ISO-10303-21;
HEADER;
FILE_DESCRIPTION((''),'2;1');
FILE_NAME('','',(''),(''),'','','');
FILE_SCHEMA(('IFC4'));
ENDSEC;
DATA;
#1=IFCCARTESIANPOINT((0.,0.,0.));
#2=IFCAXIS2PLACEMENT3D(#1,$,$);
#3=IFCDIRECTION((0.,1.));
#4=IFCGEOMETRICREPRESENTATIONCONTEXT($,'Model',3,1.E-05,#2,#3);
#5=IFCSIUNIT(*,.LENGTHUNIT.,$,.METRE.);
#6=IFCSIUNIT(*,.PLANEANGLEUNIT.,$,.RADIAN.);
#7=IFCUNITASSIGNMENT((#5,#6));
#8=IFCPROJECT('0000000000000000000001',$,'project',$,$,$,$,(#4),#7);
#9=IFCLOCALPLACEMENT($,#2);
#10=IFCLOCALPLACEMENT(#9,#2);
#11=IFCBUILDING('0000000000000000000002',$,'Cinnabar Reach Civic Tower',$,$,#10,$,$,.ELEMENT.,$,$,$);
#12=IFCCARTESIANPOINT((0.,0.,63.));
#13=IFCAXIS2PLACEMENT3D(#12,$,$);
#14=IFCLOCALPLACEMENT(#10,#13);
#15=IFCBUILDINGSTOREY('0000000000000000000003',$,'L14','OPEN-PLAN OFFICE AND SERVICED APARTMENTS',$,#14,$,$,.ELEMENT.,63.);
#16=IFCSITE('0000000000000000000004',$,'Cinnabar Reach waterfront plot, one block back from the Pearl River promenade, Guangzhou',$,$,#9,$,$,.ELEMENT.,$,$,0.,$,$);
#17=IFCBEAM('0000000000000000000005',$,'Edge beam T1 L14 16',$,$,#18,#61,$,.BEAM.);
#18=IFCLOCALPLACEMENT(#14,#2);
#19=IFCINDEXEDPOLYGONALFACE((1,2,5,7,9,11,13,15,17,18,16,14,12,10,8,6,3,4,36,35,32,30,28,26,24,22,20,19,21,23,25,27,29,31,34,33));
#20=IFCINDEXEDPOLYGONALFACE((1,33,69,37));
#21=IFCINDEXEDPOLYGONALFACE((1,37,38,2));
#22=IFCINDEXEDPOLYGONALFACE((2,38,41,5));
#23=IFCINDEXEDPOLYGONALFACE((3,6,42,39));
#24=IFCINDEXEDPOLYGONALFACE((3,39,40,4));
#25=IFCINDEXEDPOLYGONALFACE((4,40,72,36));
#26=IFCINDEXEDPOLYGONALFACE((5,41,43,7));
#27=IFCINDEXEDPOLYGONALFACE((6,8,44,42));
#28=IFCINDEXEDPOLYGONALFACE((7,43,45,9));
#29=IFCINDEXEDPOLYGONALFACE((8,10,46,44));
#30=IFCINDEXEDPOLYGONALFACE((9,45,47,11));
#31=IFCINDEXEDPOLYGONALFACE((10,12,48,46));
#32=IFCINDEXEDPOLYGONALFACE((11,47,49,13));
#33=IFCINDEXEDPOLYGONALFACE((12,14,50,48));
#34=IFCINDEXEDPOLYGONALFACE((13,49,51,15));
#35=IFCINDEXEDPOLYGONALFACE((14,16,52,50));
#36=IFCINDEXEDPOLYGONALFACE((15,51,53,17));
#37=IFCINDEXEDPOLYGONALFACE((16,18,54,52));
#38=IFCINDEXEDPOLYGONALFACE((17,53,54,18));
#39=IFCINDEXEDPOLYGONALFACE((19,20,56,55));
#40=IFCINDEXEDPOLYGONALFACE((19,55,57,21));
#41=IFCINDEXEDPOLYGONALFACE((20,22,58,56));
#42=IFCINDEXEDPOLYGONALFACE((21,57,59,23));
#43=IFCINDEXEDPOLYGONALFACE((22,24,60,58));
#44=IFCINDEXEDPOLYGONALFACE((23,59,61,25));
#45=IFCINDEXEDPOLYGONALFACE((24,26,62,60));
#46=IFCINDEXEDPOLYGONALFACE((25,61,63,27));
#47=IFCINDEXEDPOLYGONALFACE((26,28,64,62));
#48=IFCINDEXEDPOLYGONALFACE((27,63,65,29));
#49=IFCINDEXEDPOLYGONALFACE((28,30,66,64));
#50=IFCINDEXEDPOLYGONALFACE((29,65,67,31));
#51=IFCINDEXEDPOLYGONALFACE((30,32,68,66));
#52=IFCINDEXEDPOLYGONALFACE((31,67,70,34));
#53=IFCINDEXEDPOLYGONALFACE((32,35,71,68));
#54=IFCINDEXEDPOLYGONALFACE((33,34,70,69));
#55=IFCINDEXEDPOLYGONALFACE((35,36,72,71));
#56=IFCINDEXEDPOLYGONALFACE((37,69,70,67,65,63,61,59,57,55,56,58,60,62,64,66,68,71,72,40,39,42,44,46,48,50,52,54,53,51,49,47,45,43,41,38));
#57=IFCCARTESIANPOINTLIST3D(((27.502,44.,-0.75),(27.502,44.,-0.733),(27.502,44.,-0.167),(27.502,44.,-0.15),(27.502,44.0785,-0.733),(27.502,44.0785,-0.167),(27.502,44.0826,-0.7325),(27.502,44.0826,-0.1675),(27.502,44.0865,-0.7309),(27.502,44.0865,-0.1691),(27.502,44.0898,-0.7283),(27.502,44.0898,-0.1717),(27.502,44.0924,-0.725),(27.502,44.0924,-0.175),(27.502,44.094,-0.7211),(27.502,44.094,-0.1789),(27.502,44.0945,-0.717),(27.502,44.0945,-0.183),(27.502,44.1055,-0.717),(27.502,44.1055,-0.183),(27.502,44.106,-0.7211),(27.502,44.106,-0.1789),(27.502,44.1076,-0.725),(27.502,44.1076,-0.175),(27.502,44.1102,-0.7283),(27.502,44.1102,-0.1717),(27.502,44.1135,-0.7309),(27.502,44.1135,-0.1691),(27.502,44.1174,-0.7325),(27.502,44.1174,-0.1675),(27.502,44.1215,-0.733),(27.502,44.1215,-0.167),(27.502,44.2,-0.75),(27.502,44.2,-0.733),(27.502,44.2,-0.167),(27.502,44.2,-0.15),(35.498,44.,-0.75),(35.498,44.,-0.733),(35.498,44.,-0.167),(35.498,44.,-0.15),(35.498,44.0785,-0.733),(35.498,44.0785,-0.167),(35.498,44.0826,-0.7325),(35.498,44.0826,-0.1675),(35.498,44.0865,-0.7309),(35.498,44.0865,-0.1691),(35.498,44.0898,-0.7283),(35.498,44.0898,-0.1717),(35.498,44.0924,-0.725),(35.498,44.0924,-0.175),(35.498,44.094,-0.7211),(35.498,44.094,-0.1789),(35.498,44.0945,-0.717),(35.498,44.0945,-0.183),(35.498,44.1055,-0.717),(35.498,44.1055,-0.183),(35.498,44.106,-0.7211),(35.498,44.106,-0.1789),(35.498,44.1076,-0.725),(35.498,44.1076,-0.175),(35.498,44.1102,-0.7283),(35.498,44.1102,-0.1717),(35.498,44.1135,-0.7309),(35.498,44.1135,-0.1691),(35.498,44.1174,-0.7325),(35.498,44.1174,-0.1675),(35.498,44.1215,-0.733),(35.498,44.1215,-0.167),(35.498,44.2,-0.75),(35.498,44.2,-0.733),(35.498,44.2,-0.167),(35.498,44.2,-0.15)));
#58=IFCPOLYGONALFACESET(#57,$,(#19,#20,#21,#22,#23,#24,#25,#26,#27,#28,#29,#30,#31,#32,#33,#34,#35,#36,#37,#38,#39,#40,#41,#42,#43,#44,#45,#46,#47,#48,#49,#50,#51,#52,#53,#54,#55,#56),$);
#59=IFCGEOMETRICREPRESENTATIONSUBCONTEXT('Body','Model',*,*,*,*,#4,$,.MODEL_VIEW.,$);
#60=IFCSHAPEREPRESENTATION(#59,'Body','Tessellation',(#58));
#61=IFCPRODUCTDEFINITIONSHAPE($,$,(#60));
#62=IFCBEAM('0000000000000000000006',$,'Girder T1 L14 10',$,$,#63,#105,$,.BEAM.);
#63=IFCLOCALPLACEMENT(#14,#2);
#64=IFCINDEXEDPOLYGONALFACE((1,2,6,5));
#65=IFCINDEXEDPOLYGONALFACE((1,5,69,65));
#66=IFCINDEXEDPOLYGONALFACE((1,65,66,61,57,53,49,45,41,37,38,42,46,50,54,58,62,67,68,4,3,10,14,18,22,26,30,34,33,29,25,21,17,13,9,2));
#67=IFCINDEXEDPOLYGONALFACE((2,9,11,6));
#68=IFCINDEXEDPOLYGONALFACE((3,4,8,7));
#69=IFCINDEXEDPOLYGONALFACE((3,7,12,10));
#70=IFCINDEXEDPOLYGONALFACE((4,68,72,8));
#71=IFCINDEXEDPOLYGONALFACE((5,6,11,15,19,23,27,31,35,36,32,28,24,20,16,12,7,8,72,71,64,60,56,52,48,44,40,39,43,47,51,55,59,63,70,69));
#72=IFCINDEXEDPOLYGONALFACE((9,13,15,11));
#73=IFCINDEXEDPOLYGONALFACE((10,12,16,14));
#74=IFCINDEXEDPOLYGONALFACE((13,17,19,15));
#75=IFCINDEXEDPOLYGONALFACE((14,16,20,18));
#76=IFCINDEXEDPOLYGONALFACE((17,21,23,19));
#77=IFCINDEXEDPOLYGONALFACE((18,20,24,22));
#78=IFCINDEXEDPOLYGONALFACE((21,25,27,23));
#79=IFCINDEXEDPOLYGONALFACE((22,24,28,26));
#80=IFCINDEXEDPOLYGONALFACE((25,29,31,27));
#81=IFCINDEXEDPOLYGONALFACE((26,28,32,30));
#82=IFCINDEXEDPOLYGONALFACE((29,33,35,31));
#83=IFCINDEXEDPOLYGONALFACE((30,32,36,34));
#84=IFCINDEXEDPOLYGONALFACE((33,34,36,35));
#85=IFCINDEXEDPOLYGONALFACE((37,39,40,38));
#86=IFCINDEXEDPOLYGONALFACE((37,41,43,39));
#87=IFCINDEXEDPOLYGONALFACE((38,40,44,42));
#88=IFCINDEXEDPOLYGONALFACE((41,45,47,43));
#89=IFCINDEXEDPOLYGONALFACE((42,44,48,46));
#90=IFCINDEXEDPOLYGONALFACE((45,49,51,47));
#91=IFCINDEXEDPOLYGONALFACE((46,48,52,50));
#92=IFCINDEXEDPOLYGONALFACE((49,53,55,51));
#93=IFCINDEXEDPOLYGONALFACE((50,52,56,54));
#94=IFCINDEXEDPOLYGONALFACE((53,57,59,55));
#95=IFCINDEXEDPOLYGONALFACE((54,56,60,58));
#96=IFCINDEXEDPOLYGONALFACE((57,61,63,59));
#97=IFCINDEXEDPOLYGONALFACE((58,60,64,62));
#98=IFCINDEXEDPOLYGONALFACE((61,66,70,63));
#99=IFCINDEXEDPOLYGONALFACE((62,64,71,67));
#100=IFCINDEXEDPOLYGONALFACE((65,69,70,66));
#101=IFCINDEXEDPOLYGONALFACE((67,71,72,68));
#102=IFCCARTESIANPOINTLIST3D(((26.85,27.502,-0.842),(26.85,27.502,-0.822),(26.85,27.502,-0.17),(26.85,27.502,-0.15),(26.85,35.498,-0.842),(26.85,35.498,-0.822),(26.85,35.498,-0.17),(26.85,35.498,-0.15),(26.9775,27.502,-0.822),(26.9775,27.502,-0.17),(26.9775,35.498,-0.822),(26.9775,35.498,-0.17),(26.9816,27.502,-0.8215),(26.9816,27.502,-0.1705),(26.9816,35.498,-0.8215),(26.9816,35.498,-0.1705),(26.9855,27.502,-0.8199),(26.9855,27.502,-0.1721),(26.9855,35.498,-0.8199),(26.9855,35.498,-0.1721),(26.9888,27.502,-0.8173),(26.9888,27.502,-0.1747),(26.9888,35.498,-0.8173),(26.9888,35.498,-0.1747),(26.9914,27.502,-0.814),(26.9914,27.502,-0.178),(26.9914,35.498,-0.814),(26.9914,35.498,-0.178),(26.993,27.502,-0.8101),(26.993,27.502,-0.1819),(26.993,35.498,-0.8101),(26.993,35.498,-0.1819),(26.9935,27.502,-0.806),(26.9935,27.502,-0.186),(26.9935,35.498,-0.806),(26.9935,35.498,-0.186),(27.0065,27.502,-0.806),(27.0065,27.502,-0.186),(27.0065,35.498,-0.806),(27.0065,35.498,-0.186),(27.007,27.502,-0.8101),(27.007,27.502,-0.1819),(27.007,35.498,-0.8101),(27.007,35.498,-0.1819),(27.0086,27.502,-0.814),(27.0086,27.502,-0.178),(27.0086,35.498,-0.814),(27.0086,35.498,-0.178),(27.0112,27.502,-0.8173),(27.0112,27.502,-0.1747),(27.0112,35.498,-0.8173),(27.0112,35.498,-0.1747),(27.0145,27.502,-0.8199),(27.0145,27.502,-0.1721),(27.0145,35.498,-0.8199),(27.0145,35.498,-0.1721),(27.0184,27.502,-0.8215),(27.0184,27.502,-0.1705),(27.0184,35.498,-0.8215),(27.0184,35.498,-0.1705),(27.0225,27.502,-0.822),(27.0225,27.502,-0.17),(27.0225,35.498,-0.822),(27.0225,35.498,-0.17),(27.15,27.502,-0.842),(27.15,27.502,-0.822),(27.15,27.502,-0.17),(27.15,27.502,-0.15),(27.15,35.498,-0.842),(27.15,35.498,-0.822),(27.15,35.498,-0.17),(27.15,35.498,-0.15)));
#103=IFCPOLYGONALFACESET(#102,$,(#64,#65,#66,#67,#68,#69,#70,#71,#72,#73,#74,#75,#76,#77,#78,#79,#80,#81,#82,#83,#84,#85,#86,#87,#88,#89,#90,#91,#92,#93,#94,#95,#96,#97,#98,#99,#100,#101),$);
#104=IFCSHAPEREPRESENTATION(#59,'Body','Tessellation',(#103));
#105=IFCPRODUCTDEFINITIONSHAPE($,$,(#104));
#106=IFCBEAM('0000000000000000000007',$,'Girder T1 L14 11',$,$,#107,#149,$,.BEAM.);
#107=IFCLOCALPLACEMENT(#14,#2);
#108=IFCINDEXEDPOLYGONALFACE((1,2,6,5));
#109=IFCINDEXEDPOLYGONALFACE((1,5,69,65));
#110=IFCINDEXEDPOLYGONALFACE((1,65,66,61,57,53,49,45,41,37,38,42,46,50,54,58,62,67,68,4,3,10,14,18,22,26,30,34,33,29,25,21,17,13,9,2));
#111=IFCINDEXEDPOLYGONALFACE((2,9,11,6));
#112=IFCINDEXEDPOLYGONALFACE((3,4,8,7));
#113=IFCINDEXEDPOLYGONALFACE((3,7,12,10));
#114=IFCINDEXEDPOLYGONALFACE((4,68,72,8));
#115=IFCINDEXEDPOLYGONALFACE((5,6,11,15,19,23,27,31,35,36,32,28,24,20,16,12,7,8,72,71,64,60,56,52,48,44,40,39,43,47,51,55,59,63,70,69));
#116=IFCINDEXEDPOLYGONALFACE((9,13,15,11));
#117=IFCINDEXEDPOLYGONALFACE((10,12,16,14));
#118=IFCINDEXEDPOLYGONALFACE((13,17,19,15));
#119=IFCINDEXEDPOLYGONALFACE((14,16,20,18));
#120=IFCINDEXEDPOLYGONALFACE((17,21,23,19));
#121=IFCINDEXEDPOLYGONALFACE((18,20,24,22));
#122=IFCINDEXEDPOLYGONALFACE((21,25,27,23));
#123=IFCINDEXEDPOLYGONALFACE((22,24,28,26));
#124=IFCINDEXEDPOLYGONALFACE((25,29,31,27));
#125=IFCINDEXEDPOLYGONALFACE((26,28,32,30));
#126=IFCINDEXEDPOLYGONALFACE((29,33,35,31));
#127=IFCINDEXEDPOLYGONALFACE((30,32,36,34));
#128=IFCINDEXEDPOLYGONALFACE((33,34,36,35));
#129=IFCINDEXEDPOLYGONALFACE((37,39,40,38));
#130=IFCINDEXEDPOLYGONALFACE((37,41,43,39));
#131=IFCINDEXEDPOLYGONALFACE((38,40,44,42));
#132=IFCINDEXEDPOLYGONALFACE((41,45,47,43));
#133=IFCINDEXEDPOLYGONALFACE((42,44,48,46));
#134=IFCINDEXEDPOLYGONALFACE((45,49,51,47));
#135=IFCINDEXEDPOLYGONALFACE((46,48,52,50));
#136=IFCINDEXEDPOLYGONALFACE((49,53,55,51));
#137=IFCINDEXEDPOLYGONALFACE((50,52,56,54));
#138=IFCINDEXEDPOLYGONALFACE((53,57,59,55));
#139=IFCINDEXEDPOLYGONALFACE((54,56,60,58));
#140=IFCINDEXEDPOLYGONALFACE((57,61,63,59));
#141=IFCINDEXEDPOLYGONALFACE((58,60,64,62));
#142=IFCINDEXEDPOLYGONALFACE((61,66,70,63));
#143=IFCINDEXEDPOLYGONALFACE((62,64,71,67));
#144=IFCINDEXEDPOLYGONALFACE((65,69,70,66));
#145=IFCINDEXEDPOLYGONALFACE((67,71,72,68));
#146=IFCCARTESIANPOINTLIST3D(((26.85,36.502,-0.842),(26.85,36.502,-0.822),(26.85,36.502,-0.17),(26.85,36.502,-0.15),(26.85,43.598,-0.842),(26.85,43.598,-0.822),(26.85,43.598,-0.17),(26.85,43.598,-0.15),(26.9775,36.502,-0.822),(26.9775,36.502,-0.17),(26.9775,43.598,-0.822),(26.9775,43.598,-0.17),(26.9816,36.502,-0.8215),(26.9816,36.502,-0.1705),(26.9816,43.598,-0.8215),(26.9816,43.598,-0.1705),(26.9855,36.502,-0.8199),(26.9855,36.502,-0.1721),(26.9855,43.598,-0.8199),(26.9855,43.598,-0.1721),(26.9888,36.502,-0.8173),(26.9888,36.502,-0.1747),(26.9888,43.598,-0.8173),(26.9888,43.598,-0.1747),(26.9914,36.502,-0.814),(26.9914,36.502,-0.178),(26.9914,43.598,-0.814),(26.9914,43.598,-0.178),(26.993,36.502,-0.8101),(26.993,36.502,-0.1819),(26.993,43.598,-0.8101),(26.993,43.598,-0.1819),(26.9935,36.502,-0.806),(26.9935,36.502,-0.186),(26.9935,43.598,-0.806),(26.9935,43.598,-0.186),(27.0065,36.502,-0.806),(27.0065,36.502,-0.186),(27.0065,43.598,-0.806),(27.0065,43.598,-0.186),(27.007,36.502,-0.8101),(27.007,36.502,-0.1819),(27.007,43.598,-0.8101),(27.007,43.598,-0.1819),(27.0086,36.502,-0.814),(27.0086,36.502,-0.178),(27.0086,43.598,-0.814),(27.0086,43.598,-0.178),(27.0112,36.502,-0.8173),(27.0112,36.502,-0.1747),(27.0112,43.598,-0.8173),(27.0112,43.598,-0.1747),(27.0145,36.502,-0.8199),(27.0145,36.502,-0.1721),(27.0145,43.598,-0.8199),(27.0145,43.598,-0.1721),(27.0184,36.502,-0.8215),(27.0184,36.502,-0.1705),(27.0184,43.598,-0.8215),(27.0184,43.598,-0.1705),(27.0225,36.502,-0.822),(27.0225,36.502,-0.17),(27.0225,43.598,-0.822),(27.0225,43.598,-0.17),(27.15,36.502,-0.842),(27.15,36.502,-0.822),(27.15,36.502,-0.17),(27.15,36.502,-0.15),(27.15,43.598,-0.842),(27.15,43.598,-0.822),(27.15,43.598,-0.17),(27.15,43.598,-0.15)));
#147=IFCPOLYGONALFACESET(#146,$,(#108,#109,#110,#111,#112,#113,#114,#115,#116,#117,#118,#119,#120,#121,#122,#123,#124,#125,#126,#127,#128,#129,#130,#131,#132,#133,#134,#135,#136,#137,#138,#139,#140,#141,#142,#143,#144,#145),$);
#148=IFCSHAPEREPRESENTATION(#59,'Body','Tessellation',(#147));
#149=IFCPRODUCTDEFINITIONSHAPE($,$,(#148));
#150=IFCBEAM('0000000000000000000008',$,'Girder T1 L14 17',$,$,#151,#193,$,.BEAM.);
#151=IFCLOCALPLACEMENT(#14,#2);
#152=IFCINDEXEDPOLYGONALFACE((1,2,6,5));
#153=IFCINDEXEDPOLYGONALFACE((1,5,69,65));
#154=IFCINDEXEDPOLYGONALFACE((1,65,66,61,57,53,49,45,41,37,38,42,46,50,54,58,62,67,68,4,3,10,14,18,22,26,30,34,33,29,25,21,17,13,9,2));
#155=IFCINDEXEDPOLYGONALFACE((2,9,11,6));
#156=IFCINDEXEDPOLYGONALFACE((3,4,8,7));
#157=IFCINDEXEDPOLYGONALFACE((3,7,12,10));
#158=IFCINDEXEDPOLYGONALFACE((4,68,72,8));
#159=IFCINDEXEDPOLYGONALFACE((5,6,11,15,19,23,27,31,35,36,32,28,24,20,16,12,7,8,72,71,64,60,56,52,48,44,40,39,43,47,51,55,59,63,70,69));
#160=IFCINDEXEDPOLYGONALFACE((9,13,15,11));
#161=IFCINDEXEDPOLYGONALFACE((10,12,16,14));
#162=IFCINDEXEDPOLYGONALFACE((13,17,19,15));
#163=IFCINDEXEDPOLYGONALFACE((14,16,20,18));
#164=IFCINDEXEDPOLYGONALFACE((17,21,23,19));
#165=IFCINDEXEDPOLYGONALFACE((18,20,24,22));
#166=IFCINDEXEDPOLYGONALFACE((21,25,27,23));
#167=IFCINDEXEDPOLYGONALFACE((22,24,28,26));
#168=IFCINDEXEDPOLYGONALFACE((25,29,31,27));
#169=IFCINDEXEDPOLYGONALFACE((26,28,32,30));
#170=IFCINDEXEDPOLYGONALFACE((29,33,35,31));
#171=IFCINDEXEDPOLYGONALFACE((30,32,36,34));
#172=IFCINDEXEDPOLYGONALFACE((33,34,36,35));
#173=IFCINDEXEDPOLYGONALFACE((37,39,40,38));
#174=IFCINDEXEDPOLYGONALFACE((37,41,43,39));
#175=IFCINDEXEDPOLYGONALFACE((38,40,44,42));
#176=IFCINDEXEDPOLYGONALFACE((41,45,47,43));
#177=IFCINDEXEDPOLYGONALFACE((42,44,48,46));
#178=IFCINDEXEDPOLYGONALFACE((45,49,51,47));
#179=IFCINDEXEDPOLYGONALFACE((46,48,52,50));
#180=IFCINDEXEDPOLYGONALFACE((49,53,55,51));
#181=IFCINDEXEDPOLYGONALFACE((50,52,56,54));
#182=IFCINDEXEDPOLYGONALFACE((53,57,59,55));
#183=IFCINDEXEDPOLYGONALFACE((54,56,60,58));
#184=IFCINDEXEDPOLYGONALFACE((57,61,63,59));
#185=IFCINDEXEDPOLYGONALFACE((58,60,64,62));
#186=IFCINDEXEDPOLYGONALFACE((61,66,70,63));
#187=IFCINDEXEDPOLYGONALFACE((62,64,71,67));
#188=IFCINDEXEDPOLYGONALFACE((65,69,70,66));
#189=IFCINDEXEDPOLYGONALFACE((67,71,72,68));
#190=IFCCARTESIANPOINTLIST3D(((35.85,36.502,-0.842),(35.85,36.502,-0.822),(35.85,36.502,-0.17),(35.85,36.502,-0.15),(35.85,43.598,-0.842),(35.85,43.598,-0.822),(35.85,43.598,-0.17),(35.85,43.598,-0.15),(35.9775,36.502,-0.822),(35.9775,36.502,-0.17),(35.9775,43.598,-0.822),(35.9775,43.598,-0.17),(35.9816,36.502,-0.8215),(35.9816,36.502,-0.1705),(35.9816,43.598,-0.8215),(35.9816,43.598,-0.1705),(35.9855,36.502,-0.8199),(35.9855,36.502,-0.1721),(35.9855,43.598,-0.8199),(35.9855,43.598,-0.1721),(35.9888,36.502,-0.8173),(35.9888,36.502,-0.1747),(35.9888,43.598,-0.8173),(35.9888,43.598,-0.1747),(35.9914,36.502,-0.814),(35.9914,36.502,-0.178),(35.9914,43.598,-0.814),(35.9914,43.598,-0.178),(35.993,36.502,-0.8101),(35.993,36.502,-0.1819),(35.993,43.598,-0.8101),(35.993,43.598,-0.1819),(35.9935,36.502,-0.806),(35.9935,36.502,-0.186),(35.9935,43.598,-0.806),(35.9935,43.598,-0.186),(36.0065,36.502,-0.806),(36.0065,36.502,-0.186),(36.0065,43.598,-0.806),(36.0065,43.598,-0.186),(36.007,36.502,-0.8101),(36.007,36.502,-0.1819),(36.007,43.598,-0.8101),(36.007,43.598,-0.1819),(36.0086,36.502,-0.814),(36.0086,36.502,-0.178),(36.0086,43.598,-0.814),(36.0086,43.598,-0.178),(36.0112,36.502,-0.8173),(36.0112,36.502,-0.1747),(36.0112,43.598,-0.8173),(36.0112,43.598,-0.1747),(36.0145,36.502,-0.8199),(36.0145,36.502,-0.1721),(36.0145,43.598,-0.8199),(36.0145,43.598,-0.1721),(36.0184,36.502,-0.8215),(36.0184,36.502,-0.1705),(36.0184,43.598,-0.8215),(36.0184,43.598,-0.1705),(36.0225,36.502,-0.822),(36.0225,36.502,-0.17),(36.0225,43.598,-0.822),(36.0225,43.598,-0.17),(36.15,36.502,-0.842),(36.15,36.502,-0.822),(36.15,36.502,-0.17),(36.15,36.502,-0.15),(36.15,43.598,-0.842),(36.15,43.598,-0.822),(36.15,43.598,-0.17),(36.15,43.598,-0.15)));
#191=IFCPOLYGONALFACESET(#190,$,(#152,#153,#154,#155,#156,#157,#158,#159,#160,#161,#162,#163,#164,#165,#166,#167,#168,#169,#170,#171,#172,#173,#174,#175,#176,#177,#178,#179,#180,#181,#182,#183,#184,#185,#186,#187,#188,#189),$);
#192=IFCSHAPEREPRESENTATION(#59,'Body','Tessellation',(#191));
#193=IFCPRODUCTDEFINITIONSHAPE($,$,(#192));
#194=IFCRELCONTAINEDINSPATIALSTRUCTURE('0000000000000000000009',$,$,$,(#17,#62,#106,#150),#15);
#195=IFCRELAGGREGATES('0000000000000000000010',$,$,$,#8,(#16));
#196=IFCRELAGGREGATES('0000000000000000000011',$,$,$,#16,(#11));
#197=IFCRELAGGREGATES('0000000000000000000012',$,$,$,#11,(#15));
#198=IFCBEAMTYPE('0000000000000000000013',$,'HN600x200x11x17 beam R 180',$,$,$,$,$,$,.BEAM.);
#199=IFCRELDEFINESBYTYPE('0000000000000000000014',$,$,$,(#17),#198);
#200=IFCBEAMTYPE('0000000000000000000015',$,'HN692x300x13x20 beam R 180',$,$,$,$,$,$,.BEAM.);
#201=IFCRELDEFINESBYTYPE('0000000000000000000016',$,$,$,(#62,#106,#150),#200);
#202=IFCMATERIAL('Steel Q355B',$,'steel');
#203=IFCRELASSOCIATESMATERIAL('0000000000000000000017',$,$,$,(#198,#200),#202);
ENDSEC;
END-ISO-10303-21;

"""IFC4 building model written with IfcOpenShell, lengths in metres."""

from ifc_helpers import new_model, si_unit, direction, frame, origin, origin_2d, place, context, subcontext, project, spatial, i_section, extrude, material, material_profile, profile_set, type_object, element, save


model = new_model("IFC4")

# Units and contexts
model_context = context("Model", 3, precision=1e-05, world=origin(), true_north=direction((0.0, 1.0)))
body_context = subcontext(model_context, "Body", "Model", "MODEL_VIEW")
ifc_project = project(units=[si_unit("LENGTHUNIT", "METRE"), si_unit("PLANEANGLEUNIT", "RADIAN")], contexts=[model_context])

# Site, building, storey
site_placement = place(None, origin())
site = spatial("IfcSite", under=ifc_project, at=site_placement, Name="Cinnabar Reach waterfront plot, one block back from the Pearl River promenade, Guangzhou", CompositionType="ELEMENT", RefElevation=0.0)
building_placement = place(site_placement, origin())
building = spatial("IfcBuilding", under=site, at=building_placement, Name="Cinnabar Reach Civic Tower", CompositionType="ELEMENT")
storey_placement = place(building_placement, frame((0.0, 0.0, 63.0)))
storey = spatial("IfcBuildingStorey", under=building, at=storey_placement, Name="L14", Description="OPEN-PLAN OFFICE AND SERVICED APARTMENTS", CompositionType="ELEMENT", Elevation=63.0)

# Beams
ifc_material_1 = material(Name="Steel Q355B", Category="steel")
ifc_material_profile_1 = material_profile(ifc_material_1, i_section(OverallWidth=0.2, OverallDepth=0.6, WebThickness=0.011, FlangeThickness=0.017, FilletRadius=0.016, at=origin_2d()), Name="HN600x200x11x17")
ifc_profile_set_1 = profile_set([ifc_material_profile_1], Name="Steel Q355B")
beam_type_1 = type_object("IfcBeamType", Name="HN600x200x11x17 beam R 180", PredefinedType="BEAM", material=ifc_profile_set_1)
for number, where, z_axis, x_axis, name in (
    (1, (35.498, 44.1, -0.45), (-1.0, 0.0, 0.0), (0.0, -1.0, 0.0), "Edge beam T1 L14 16"),
):
    element("IfcBeam", number, at=place(storey_placement, frame(where, z_axis=z_axis, x_axis=x_axis)), inside=storey, type_object=beam_type_1, Name=name, PredefinedType="BEAM", context=body_context, shape_type="SweptSolid", body=[
        extrude(i_section(OverallWidth=0.2, OverallDepth=0.6, WebThickness=0.011, FlangeThickness=0.017, FilletRadius=0.016, at=origin_2d()), origin(), (0.0, 0.0, 1.0), 7.996),
    ])
ifc_material_profile_2 = material_profile(ifc_material_1, i_section(OverallWidth=0.3, OverallDepth=0.692, WebThickness=0.013, FlangeThickness=0.02, FilletRadius=0.016, at=origin_2d()), Name="HN692x300x13x20")
ifc_profile_set_2 = profile_set([ifc_material_profile_2], Name="Steel Q355B")
beam_type_2 = type_object("IfcBeamType", Name="HN692x300x13x20 beam R 180", PredefinedType="BEAM", material=ifc_profile_set_2)
beam_1_placement = place(storey_placement, frame((27.0, 27.502, -0.496), z_axis=(0.0, 1.0, 0.0), x_axis=(-1.0, 0.0, 0.0)))
element("IfcBeam", 2, at=beam_1_placement, inside=storey, type_object=beam_type_2, Name="Girder T1 L14 10", PredefinedType="BEAM", context=body_context, shape_type="SweptSolid", body=[
    extrude(i_section(OverallWidth=0.3, OverallDepth=0.692, WebThickness=0.013, FlangeThickness=0.02, FilletRadius=0.016, at=origin_2d()), origin(), (0.0, 0.0, 1.0), 7.996),
])
for number, where, z_axis, x_axis, name in (
    (3, (27.0, 36.502, -0.496), (0.0, 1.0, 0.0), (-1.0, 0.0, 0.0), "Girder T1 L14 11"),
    (4, (36.0, 36.502, -0.496), (0.0, 1.0, 0.0), (-1.0, 0.0, 0.0), "Girder T1 L14 17"),
):
    element("IfcBeam", number, at=place(storey_placement, frame(where, z_axis=z_axis, x_axis=x_axis)), inside=storey, type_object=beam_type_2, Name=name, PredefinedType="BEAM", context=body_context, shape_type="SweptSolid", body=[
        extrude(i_section(OverallWidth=0.3, OverallDepth=0.692, WebThickness=0.013, FlangeThickness=0.02, FilletRadius=0.016, at=origin_2d()), origin(), (0.0, 0.0, 1.0), 7.096),
    ])

save(model, "model.ifc")
